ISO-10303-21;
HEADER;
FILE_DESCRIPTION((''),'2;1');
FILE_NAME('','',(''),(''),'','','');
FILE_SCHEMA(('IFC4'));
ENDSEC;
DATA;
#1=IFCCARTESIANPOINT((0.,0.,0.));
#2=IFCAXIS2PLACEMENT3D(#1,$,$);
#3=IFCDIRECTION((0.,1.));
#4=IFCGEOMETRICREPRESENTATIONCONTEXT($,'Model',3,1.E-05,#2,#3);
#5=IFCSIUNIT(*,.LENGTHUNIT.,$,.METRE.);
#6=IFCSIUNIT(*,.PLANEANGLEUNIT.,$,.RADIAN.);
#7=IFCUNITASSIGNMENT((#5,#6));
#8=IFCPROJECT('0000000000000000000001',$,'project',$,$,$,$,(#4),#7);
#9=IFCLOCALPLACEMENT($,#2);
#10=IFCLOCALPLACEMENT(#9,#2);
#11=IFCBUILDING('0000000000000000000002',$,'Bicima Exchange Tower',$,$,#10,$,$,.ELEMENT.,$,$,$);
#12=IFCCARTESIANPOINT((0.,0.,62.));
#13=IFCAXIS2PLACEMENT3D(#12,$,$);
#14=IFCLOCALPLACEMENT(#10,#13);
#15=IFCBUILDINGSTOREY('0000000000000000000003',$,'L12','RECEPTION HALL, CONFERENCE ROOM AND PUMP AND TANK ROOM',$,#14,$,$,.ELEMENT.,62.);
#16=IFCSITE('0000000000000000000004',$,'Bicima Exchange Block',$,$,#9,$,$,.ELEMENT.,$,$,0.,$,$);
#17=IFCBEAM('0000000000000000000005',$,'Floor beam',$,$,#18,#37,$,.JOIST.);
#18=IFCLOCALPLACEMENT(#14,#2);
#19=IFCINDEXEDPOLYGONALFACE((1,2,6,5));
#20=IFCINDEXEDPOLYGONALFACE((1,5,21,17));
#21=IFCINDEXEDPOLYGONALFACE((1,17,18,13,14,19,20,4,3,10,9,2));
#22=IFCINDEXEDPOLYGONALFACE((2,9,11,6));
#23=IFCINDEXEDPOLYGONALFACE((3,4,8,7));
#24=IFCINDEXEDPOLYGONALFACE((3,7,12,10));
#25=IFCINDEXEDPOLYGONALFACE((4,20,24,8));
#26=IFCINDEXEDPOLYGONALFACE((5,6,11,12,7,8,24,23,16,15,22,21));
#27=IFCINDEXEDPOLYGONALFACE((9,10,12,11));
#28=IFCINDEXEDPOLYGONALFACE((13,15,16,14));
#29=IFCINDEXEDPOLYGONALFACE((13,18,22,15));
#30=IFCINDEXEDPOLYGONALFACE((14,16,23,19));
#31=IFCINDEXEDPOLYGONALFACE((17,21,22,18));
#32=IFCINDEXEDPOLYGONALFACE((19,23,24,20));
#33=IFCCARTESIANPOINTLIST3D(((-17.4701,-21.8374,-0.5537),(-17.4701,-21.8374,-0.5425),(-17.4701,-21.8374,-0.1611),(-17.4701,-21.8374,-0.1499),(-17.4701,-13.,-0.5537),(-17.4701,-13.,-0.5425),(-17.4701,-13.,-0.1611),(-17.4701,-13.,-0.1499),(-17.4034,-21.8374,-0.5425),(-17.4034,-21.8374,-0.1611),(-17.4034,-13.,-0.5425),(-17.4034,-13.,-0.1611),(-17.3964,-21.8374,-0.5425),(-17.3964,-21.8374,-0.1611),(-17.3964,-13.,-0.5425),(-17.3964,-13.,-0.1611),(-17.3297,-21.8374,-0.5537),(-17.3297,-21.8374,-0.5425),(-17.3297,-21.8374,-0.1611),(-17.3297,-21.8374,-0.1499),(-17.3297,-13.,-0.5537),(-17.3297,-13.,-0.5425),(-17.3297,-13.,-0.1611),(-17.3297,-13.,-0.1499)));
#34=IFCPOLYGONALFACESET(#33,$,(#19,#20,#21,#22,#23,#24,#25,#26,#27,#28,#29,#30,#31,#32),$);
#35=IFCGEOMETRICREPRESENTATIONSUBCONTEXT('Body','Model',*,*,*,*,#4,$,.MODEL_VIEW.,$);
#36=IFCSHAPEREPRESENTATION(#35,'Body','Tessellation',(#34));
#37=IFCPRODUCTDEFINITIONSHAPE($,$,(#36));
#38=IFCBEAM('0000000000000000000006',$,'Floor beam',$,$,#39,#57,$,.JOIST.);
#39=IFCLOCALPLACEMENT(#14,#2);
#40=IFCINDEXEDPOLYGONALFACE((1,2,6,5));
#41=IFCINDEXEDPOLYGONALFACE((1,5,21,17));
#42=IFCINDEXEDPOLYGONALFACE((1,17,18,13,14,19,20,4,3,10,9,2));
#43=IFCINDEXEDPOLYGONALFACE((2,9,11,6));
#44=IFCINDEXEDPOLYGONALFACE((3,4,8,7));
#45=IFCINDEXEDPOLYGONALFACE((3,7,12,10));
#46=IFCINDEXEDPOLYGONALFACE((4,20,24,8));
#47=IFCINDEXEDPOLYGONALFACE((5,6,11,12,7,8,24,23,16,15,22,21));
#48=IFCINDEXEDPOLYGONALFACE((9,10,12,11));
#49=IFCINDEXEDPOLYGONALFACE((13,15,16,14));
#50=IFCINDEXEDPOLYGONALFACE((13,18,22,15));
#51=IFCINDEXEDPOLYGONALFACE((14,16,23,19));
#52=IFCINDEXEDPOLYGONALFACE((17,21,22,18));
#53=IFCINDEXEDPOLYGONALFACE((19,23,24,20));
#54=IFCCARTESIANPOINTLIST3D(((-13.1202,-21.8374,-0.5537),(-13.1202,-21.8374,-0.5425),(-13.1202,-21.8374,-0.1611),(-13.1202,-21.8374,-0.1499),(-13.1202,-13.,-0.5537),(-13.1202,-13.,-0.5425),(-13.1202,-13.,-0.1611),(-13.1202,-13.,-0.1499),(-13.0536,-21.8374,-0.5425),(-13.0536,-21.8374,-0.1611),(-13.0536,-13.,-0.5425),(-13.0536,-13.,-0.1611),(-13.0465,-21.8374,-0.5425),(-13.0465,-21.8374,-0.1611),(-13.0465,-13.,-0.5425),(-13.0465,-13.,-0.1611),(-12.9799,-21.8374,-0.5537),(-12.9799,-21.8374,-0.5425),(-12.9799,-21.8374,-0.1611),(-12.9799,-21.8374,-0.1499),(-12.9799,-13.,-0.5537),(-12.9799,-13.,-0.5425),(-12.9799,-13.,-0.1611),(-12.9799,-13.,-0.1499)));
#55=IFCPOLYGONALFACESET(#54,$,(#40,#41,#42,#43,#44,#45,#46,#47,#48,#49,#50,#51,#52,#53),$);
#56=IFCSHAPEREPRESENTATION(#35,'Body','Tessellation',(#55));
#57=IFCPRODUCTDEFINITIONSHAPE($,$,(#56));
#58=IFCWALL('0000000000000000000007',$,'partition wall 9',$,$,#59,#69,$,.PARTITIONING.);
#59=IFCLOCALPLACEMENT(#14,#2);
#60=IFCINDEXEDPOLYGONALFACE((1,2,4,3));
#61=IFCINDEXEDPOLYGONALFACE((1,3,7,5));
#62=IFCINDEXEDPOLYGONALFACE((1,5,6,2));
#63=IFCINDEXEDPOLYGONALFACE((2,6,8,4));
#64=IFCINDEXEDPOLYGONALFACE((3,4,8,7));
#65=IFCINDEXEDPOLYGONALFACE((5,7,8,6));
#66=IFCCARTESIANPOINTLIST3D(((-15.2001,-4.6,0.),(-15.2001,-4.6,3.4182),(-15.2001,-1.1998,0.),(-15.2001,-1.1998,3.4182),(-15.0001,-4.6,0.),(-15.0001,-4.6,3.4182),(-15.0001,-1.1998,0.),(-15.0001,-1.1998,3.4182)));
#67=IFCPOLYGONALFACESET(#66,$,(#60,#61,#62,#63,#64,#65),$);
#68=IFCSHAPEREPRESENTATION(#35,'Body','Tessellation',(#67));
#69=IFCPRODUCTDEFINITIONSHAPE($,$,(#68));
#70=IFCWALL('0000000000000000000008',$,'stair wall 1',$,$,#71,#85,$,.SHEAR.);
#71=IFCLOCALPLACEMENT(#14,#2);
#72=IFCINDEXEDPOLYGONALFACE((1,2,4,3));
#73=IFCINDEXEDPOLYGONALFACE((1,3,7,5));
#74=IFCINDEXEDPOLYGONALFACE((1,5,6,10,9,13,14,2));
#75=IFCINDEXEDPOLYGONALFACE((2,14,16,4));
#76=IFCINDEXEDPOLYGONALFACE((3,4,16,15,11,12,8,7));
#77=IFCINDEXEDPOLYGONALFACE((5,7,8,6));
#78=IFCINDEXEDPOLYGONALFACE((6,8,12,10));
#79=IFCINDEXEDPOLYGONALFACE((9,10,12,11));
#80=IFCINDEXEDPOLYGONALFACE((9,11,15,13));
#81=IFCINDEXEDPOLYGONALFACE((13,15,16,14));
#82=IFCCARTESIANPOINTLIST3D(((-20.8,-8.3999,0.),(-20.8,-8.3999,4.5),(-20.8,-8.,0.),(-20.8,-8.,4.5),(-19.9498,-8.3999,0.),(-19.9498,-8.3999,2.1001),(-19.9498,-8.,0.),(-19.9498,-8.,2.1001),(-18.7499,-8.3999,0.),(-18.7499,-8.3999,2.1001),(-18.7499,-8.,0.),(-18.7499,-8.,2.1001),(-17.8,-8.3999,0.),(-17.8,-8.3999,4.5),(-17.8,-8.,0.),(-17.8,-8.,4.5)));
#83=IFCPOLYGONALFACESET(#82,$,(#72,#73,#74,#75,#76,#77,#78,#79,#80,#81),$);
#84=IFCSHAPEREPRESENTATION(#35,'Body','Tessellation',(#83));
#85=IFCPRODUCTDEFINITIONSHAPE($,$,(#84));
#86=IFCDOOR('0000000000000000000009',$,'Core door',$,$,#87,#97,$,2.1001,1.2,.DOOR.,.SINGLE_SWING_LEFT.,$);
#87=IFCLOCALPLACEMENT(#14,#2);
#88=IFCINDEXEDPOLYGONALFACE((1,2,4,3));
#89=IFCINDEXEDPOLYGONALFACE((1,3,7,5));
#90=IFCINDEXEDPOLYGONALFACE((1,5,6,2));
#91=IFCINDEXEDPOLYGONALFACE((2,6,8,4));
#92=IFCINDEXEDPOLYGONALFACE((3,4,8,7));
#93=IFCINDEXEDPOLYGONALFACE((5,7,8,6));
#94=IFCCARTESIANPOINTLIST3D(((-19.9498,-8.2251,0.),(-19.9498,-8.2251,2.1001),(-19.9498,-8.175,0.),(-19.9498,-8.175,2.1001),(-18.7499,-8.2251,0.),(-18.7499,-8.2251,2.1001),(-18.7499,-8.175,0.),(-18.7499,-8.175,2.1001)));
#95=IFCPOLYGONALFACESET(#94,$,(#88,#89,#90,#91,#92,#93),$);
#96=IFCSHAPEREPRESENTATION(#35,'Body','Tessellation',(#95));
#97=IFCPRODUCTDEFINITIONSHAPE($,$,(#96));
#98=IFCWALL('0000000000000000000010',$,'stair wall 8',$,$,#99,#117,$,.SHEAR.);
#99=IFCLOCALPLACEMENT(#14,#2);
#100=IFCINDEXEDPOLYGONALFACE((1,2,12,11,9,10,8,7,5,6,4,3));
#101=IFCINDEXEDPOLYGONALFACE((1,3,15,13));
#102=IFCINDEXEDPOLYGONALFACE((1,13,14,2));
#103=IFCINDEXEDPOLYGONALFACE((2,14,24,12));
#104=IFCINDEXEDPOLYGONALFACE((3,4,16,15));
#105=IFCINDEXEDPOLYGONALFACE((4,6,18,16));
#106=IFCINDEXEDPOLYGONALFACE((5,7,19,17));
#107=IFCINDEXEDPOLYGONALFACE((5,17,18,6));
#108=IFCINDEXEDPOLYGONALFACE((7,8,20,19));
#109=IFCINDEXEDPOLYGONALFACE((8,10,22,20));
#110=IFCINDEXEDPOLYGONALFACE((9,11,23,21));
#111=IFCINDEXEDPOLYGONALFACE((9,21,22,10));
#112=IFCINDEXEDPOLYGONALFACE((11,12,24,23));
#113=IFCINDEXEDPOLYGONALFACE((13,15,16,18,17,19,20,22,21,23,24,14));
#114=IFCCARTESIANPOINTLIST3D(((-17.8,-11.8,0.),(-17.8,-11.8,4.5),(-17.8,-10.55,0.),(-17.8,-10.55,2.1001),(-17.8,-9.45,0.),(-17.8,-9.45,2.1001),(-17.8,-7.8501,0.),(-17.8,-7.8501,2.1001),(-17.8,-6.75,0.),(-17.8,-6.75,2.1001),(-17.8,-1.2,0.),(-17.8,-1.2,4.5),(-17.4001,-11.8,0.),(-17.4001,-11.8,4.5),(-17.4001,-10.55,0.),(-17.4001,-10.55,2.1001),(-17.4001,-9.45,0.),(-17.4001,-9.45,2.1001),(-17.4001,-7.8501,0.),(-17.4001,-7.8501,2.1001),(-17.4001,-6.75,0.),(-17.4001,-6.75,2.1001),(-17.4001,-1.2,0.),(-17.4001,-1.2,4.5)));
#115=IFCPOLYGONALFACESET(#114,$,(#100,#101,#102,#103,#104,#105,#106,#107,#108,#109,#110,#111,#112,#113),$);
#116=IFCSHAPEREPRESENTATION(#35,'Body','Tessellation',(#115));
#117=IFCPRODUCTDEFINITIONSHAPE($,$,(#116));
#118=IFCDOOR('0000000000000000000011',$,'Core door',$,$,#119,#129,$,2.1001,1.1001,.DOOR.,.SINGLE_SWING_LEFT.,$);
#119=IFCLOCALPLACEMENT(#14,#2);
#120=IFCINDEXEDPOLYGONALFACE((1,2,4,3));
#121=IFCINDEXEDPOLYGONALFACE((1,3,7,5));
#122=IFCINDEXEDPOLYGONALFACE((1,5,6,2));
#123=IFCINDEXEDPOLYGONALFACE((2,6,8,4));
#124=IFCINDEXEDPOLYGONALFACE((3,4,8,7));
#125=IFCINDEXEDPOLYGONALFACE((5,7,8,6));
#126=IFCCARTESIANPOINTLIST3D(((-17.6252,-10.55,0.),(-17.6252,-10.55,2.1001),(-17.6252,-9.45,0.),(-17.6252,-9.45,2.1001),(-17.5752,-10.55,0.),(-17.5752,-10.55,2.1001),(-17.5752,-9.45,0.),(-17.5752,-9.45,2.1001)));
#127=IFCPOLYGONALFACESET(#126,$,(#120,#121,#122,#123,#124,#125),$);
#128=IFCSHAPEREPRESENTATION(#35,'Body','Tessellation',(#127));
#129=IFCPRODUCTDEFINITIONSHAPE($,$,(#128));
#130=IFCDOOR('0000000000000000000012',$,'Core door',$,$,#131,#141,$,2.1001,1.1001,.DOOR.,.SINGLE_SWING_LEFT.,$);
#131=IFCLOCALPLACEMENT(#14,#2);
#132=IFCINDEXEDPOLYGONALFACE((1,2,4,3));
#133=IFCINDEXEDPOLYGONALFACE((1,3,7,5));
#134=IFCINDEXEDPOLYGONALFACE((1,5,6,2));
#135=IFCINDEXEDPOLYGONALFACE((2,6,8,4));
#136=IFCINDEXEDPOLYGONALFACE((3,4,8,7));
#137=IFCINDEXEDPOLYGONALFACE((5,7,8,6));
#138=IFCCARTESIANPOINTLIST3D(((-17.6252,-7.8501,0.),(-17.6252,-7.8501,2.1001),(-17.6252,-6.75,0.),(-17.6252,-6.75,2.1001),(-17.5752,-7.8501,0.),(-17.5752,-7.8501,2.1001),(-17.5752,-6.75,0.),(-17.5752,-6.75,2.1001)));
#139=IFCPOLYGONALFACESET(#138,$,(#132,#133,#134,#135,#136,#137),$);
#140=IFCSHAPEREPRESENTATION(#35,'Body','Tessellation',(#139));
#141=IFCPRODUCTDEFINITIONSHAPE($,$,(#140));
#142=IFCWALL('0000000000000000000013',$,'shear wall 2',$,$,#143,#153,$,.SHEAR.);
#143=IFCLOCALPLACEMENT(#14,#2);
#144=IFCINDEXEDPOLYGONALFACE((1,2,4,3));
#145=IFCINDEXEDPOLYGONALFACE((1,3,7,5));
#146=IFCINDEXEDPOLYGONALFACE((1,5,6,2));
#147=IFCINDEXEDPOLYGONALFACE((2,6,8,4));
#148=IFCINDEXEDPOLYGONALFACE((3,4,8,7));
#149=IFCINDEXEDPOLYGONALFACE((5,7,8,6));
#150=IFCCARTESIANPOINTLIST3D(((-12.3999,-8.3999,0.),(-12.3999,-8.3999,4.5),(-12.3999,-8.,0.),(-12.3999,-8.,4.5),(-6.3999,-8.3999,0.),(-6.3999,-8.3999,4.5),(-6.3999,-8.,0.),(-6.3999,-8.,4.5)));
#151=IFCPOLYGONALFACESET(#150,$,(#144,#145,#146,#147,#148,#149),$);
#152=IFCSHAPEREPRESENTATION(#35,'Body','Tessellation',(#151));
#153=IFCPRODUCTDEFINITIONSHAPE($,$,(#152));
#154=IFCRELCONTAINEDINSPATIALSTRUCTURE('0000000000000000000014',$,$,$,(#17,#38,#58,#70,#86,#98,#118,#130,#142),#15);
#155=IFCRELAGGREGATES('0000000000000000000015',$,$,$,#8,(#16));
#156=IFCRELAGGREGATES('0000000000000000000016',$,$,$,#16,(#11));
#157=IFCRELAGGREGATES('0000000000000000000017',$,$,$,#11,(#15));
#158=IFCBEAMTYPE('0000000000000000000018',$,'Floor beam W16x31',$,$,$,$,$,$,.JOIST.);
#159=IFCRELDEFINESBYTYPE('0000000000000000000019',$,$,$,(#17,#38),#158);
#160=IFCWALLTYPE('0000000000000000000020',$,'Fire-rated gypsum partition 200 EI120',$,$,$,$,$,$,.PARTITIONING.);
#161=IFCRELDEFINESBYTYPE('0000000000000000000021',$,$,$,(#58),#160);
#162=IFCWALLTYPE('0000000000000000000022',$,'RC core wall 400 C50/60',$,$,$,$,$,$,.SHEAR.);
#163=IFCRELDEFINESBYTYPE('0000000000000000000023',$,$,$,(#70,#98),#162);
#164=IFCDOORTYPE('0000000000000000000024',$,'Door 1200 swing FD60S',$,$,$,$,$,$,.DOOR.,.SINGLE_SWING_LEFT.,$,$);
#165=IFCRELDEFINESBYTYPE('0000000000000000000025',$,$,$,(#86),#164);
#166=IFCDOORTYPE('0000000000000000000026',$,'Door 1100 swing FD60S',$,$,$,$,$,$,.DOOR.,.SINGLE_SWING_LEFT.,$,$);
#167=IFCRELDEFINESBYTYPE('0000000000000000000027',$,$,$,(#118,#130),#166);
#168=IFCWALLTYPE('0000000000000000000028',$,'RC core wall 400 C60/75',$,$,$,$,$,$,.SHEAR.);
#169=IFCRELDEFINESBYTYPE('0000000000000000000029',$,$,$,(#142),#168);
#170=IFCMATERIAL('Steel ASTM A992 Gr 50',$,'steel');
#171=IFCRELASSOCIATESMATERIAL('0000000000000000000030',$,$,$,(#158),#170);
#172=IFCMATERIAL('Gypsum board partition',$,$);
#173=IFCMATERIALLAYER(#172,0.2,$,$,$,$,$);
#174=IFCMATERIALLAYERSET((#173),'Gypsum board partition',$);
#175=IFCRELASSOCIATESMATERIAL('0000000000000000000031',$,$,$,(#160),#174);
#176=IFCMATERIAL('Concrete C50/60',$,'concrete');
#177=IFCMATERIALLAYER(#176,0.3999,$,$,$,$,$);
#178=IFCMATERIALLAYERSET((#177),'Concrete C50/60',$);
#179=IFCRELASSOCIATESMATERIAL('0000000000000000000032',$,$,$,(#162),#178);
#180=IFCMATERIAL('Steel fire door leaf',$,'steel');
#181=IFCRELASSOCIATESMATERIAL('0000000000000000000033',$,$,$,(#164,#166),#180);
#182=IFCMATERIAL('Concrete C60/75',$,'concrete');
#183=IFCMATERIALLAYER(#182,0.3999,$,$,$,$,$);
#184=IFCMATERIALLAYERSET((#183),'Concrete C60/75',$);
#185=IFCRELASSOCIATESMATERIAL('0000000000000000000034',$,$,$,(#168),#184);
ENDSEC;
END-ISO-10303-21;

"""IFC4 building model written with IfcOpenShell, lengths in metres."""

from ifc_helpers import new_model, si_unit, direction, frame, frame_2d, origin, origin_2d, place, context, subcontext, project, spatial, rectangle, i_section, extrude, material, layer, layer_set, material_profile, profile_set, type_object, element, fill, save


model = new_model("IFC4")

# Units and contexts
model_context = context("Model", 3, precision=1e-05, world=origin(), true_north=direction((0.0, 1.0)))
body_context = subcontext(model_context, "Body", "Model", "MODEL_VIEW")
ifc_project = project(units=[si_unit("LENGTHUNIT", "METRE"), si_unit("PLANEANGLEUNIT", "RADIAN")], contexts=[model_context])

# Site, building, storey
site_placement = place(None, origin())
site = spatial("IfcSite", under=ifc_project, at=site_placement, Name="Bicima Exchange Block", CompositionType="ELEMENT", RefElevation=0.0)
building_placement = place(site_placement, origin())
building = spatial("IfcBuilding", under=site, at=building_placement, Name="Bicima Exchange Tower", CompositionType="ELEMENT")
storey_placement = place(building_placement, frame((0.0, 0.0, 62.0)))
storey = spatial("IfcBuildingStorey", under=building, at=storey_placement, Name="L12", Description="RECEPTION HALL, CONFERENCE ROOM AND PUMP AND TANK ROOM", CompositionType="ELEMENT", Elevation=62.0)

# Beams
ifc_material_1 = material(Name="Steel ASTM A992 Gr 50", Category="steel")
ifc_material_profile = material_profile(ifc_material_1, i_section(OverallWidth=0.1404, OverallDepth=0.4038, WebThickness=0.0071, FlangeThickness=0.0112, at=origin_2d()))
ifc_profile_set = profile_set([ifc_material_profile], Name="Steel ASTM A992 Gr 50")
beam_type = type_object("IfcBeamType", Name="Floor beam W16x31", PredefinedType="JOIST", material=ifc_profile_set)
for number, where, z_axis, x_axis, name in (
    (1, (-17.3999, -13.0, -0.3518), (0.0, -1.0, 0.0), (1.0, 0.0, 0.0), "Floor beam"),
    (2, (-13.05, -13.0, -0.3518), (0.0, -1.0, 0.0), (1.0, 0.0, 0.0), "Floor beam"),
):
    element("IfcBeam", number, at=place(storey_placement, frame(where, z_axis=z_axis, x_axis=x_axis)), inside=storey, type_object=beam_type, Name=name, PredefinedType="JOIST", context=body_context, shape_type="SweptSolid", body=[
        extrude(i_section(OverallWidth=0.1404, OverallDepth=0.4038, WebThickness=0.0071, FlangeThickness=0.0112, at=origin_2d()), origin(), (0.0, 0.0, 1.0), 8.8374),
    ])

# Wall
ifc_material_2 = material(Name="Gypsum board partition")
ifc_layer_1 = layer(ifc_material_2, 0.2)
ifc_layer_set_1 = layer_set([ifc_layer_1], Name="Gypsum board partition")
wall_type_1 = type_object("IfcWallType", Name="Fire-rated gypsum partition 200 EI120", PredefinedType="PARTITIONING", material=ifc_layer_set_1)
wall_1_placement = place(storey_placement, frame((-15.1001, -4.6001, 0.0), z_axis=(0.0, 0.0, 1.0), x_axis=(0.0, 1.0, 0.0)))
element("IfcWall", 3, at=wall_1_placement, inside=storey, type_object=wall_type_1, Name="partition wall 9", PredefinedType="PARTITIONING", context=body_context, shape_type="SweptSolid", body=[
    extrude(rectangle(XDim=3.4001, YDim=0.2, at=frame_2d((1.7002, 0.0))), origin(), (0.0, 0.0, 1.0), 3.4182),
])

# Wall, opening, door
ifc_material_3 = material(Name="Concrete C50/60", Category="concrete")
ifc_layer_2 = layer(ifc_material_3, 0.3999)
ifc_layer_set_2 = layer_set([ifc_layer_2], Name="Concrete C50/60")
wall_type_2 = type_object("IfcWallType", Name="RC core wall 400 C50/60", PredefinedType="SHEAR", material=ifc_layer_set_2)
wall_2_placement = place(storey_placement, frame((-20.8, -8.2, 0.0), z_axis=(0.0, 0.0, 1.0), x_axis=(1.0, 0.0, 0.0)))
wall_2 = element("IfcWall", 4, at=wall_2_placement, inside=storey, type_object=wall_type_2, Name="stair wall 1", PredefinedType="SHEAR", context=body_context, shape_type="SweptSolid", body=[
    extrude(rectangle(XDim=3.0, YDim=0.3999, at=frame_2d((1.5, 0.0))), origin(), (0.0, 0.0, 1.0), 4.5),
])
opening_1_placement = place(wall_2_placement, frame((0.8501, 0.0, 0.0)))
opening_1 = element("IfcOpeningElement", 5, at=opening_1_placement, cuts=wall_2, PredefinedType="OPENING", context=body_context, shape_type="SweptSolid", body=[
    extrude(rectangle(XDim=1.2, YDim=2.1001, at=frame_2d((0.6001, 1.05))), frame((0.0, 0.2119, 0.0), z_axis=(0.0, -1.0, 0.0), x_axis=(1.0, 0.0, 0.0)), (0.0, 0.0, 1.0), 0.4238),
])
ifc_material_4 = material(Name="Steel fire door leaf", Category="steel")
door_type_1 = type_object("IfcDoorType", Name="Door 1200 swing FD60S", OperationType="SINGLE_SWING_LEFT", PredefinedType="DOOR", material=ifc_material_4)
door_1_placement = place(opening_1_placement, origin())
door_1 = element("IfcDoor", 6, at=door_1_placement, inside=storey, type_object=door_type_1, Name="Core door", OperationType="SINGLE_SWING_LEFT", OverallHeight=2.1001, OverallWidth=1.2, PredefinedType="DOOR", context=body_context, shape_type="SweptSolid", body=[
    extrude(rectangle(XDim=1.2, YDim=2.1001, at=frame_2d((0.6001, 1.05))), frame((0.0, 0.0249, 0.0), z_axis=(0.0, -1.0, 0.0), x_axis=(1.0, 0.0, 0.0)), (0.0, 0.0, 1.0), 0.05),
])
fill(opening_1, door_1)

# Wall, openings, doors
wall_3_placement = place(storey_placement, frame((-17.6001, -11.8, 0.0), z_axis=(0.0, 0.0, 1.0), x_axis=(0.0, 1.0, 0.0)))
wall_3 = element("IfcWall", 7, at=wall_3_placement, inside=storey, type_object=wall_type_2, Name="stair wall 8", PredefinedType="SHEAR", context=body_context, shape_type="SweptSolid", body=[
    extrude(rectangle(XDim=10.6001, YDim=0.3999, at=frame_2d((5.3, 0.0))), origin(), (0.0, 0.0, 1.0), 4.5),
])
opening_2_placement = place(wall_3_placement, frame((1.25, 0.0, 0.0)))
opening_2 = element("IfcOpeningElement", 8, at=opening_2_placement, cuts=wall_3, PredefinedType="OPENING", context=body_context, shape_type="SweptSolid", body=[
    extrude(rectangle(XDim=1.1001, YDim=2.1001, at=frame_2d((0.55, 1.05))), frame((0.0, 0.2119, 0.0), z_axis=(0.0, -1.0, 0.0), x_axis=(1.0, 0.0, 0.0)), (0.0, 0.0, 1.0), 0.4238),
])
opening_3_placement = place(wall_3_placement, frame((3.95, 0.0, 0.0)))
opening_3 = element("IfcOpeningElement", 9, at=opening_3_placement, cuts=wall_3, PredefinedType="OPENING", context=body_context, shape_type="SweptSolid", body=[
    extrude(rectangle(XDim=1.1001, YDim=2.1001, at=frame_2d((0.55, 1.05))), frame((0.0, 0.2119, 0.0), z_axis=(0.0, -1.0, 0.0), x_axis=(1.0, 0.0, 0.0)), (0.0, 0.0, 1.0), 0.4238),
])
door_type_2 = type_object("IfcDoorType", Name="Door 1100 swing FD60S", OperationType="SINGLE_SWING_LEFT", PredefinedType="DOOR", material=ifc_material_4)
door_2_placement = place(opening_2_placement, frame((1.1001, 0.0, 0.0), z_axis=(0.0, 0.0, 1.0), x_axis=(-1.0, 0.0, 0.0)))
door_2 = element("IfcDoor", 10, at=door_2_placement, inside=storey, type_object=door_type_2, Name="Core door", OperationType="SINGLE_SWING_LEFT", OverallHeight=2.1001, OverallWidth=1.1001, PredefinedType="DOOR", context=body_context, shape_type="SweptSolid", body=[
    extrude(rectangle(XDim=1.1001, YDim=2.1001, at=frame_2d((0.55, 1.05))), frame((0.0, 0.0249, 0.0), z_axis=(0.0, -1.0, 0.0), x_axis=(1.0, 0.0, 0.0)), (0.0, 0.0, 1.0), 0.05),
])
fill(opening_2, door_2)
door_3_placement = place(opening_3_placement, frame((1.1001, 0.0, 0.0), z_axis=(0.0, 0.0, 1.0), x_axis=(-1.0, 0.0, 0.0)))
door_3 = element("IfcDoor", 11, at=door_3_placement, inside=storey, type_object=door_type_2, Name="Core door", OperationType="SINGLE_SWING_LEFT", OverallHeight=2.1001, OverallWidth=1.1001, PredefinedType="DOOR", context=body_context, shape_type="SweptSolid", body=[
    extrude(rectangle(XDim=1.1001, YDim=2.1001, at=frame_2d((0.55, 1.05))), frame((0.0, 0.0249, 0.0), z_axis=(0.0, -1.0, 0.0), x_axis=(1.0, 0.0, 0.0)), (0.0, 0.0, 1.0), 0.05),
])
fill(opening_3, door_3)

# Wall
ifc_material_5 = material(Name="Concrete C60/75", Category="concrete")
ifc_layer_3 = layer(ifc_material_5, 0.3999)
ifc_layer_set_3 = layer_set([ifc_layer_3], Name="Concrete C60/75")
wall_type_3 = type_object("IfcWallType", Name="RC core wall 400 C60/75", PredefinedType="SHEAR", material=ifc_layer_set_3)
wall_4_placement = place(storey_placement, frame((-12.3999, -8.2, 0.0), z_axis=(0.0, 0.0, 1.0), x_axis=(1.0, 0.0, 0.0)))
element("IfcWall", 12, at=wall_4_placement, inside=storey, type_object=wall_type_3, Name="shear wall 2", PredefinedType="SHEAR", context=body_context, shape_type="SweptSolid", body=[
    extrude(rectangle(XDim=6.0, YDim=0.3999, at=frame_2d((3.0, 0.0))), origin(), (0.0, 0.0, 1.0), 4.5),
])

save(model, "model.ifc")
